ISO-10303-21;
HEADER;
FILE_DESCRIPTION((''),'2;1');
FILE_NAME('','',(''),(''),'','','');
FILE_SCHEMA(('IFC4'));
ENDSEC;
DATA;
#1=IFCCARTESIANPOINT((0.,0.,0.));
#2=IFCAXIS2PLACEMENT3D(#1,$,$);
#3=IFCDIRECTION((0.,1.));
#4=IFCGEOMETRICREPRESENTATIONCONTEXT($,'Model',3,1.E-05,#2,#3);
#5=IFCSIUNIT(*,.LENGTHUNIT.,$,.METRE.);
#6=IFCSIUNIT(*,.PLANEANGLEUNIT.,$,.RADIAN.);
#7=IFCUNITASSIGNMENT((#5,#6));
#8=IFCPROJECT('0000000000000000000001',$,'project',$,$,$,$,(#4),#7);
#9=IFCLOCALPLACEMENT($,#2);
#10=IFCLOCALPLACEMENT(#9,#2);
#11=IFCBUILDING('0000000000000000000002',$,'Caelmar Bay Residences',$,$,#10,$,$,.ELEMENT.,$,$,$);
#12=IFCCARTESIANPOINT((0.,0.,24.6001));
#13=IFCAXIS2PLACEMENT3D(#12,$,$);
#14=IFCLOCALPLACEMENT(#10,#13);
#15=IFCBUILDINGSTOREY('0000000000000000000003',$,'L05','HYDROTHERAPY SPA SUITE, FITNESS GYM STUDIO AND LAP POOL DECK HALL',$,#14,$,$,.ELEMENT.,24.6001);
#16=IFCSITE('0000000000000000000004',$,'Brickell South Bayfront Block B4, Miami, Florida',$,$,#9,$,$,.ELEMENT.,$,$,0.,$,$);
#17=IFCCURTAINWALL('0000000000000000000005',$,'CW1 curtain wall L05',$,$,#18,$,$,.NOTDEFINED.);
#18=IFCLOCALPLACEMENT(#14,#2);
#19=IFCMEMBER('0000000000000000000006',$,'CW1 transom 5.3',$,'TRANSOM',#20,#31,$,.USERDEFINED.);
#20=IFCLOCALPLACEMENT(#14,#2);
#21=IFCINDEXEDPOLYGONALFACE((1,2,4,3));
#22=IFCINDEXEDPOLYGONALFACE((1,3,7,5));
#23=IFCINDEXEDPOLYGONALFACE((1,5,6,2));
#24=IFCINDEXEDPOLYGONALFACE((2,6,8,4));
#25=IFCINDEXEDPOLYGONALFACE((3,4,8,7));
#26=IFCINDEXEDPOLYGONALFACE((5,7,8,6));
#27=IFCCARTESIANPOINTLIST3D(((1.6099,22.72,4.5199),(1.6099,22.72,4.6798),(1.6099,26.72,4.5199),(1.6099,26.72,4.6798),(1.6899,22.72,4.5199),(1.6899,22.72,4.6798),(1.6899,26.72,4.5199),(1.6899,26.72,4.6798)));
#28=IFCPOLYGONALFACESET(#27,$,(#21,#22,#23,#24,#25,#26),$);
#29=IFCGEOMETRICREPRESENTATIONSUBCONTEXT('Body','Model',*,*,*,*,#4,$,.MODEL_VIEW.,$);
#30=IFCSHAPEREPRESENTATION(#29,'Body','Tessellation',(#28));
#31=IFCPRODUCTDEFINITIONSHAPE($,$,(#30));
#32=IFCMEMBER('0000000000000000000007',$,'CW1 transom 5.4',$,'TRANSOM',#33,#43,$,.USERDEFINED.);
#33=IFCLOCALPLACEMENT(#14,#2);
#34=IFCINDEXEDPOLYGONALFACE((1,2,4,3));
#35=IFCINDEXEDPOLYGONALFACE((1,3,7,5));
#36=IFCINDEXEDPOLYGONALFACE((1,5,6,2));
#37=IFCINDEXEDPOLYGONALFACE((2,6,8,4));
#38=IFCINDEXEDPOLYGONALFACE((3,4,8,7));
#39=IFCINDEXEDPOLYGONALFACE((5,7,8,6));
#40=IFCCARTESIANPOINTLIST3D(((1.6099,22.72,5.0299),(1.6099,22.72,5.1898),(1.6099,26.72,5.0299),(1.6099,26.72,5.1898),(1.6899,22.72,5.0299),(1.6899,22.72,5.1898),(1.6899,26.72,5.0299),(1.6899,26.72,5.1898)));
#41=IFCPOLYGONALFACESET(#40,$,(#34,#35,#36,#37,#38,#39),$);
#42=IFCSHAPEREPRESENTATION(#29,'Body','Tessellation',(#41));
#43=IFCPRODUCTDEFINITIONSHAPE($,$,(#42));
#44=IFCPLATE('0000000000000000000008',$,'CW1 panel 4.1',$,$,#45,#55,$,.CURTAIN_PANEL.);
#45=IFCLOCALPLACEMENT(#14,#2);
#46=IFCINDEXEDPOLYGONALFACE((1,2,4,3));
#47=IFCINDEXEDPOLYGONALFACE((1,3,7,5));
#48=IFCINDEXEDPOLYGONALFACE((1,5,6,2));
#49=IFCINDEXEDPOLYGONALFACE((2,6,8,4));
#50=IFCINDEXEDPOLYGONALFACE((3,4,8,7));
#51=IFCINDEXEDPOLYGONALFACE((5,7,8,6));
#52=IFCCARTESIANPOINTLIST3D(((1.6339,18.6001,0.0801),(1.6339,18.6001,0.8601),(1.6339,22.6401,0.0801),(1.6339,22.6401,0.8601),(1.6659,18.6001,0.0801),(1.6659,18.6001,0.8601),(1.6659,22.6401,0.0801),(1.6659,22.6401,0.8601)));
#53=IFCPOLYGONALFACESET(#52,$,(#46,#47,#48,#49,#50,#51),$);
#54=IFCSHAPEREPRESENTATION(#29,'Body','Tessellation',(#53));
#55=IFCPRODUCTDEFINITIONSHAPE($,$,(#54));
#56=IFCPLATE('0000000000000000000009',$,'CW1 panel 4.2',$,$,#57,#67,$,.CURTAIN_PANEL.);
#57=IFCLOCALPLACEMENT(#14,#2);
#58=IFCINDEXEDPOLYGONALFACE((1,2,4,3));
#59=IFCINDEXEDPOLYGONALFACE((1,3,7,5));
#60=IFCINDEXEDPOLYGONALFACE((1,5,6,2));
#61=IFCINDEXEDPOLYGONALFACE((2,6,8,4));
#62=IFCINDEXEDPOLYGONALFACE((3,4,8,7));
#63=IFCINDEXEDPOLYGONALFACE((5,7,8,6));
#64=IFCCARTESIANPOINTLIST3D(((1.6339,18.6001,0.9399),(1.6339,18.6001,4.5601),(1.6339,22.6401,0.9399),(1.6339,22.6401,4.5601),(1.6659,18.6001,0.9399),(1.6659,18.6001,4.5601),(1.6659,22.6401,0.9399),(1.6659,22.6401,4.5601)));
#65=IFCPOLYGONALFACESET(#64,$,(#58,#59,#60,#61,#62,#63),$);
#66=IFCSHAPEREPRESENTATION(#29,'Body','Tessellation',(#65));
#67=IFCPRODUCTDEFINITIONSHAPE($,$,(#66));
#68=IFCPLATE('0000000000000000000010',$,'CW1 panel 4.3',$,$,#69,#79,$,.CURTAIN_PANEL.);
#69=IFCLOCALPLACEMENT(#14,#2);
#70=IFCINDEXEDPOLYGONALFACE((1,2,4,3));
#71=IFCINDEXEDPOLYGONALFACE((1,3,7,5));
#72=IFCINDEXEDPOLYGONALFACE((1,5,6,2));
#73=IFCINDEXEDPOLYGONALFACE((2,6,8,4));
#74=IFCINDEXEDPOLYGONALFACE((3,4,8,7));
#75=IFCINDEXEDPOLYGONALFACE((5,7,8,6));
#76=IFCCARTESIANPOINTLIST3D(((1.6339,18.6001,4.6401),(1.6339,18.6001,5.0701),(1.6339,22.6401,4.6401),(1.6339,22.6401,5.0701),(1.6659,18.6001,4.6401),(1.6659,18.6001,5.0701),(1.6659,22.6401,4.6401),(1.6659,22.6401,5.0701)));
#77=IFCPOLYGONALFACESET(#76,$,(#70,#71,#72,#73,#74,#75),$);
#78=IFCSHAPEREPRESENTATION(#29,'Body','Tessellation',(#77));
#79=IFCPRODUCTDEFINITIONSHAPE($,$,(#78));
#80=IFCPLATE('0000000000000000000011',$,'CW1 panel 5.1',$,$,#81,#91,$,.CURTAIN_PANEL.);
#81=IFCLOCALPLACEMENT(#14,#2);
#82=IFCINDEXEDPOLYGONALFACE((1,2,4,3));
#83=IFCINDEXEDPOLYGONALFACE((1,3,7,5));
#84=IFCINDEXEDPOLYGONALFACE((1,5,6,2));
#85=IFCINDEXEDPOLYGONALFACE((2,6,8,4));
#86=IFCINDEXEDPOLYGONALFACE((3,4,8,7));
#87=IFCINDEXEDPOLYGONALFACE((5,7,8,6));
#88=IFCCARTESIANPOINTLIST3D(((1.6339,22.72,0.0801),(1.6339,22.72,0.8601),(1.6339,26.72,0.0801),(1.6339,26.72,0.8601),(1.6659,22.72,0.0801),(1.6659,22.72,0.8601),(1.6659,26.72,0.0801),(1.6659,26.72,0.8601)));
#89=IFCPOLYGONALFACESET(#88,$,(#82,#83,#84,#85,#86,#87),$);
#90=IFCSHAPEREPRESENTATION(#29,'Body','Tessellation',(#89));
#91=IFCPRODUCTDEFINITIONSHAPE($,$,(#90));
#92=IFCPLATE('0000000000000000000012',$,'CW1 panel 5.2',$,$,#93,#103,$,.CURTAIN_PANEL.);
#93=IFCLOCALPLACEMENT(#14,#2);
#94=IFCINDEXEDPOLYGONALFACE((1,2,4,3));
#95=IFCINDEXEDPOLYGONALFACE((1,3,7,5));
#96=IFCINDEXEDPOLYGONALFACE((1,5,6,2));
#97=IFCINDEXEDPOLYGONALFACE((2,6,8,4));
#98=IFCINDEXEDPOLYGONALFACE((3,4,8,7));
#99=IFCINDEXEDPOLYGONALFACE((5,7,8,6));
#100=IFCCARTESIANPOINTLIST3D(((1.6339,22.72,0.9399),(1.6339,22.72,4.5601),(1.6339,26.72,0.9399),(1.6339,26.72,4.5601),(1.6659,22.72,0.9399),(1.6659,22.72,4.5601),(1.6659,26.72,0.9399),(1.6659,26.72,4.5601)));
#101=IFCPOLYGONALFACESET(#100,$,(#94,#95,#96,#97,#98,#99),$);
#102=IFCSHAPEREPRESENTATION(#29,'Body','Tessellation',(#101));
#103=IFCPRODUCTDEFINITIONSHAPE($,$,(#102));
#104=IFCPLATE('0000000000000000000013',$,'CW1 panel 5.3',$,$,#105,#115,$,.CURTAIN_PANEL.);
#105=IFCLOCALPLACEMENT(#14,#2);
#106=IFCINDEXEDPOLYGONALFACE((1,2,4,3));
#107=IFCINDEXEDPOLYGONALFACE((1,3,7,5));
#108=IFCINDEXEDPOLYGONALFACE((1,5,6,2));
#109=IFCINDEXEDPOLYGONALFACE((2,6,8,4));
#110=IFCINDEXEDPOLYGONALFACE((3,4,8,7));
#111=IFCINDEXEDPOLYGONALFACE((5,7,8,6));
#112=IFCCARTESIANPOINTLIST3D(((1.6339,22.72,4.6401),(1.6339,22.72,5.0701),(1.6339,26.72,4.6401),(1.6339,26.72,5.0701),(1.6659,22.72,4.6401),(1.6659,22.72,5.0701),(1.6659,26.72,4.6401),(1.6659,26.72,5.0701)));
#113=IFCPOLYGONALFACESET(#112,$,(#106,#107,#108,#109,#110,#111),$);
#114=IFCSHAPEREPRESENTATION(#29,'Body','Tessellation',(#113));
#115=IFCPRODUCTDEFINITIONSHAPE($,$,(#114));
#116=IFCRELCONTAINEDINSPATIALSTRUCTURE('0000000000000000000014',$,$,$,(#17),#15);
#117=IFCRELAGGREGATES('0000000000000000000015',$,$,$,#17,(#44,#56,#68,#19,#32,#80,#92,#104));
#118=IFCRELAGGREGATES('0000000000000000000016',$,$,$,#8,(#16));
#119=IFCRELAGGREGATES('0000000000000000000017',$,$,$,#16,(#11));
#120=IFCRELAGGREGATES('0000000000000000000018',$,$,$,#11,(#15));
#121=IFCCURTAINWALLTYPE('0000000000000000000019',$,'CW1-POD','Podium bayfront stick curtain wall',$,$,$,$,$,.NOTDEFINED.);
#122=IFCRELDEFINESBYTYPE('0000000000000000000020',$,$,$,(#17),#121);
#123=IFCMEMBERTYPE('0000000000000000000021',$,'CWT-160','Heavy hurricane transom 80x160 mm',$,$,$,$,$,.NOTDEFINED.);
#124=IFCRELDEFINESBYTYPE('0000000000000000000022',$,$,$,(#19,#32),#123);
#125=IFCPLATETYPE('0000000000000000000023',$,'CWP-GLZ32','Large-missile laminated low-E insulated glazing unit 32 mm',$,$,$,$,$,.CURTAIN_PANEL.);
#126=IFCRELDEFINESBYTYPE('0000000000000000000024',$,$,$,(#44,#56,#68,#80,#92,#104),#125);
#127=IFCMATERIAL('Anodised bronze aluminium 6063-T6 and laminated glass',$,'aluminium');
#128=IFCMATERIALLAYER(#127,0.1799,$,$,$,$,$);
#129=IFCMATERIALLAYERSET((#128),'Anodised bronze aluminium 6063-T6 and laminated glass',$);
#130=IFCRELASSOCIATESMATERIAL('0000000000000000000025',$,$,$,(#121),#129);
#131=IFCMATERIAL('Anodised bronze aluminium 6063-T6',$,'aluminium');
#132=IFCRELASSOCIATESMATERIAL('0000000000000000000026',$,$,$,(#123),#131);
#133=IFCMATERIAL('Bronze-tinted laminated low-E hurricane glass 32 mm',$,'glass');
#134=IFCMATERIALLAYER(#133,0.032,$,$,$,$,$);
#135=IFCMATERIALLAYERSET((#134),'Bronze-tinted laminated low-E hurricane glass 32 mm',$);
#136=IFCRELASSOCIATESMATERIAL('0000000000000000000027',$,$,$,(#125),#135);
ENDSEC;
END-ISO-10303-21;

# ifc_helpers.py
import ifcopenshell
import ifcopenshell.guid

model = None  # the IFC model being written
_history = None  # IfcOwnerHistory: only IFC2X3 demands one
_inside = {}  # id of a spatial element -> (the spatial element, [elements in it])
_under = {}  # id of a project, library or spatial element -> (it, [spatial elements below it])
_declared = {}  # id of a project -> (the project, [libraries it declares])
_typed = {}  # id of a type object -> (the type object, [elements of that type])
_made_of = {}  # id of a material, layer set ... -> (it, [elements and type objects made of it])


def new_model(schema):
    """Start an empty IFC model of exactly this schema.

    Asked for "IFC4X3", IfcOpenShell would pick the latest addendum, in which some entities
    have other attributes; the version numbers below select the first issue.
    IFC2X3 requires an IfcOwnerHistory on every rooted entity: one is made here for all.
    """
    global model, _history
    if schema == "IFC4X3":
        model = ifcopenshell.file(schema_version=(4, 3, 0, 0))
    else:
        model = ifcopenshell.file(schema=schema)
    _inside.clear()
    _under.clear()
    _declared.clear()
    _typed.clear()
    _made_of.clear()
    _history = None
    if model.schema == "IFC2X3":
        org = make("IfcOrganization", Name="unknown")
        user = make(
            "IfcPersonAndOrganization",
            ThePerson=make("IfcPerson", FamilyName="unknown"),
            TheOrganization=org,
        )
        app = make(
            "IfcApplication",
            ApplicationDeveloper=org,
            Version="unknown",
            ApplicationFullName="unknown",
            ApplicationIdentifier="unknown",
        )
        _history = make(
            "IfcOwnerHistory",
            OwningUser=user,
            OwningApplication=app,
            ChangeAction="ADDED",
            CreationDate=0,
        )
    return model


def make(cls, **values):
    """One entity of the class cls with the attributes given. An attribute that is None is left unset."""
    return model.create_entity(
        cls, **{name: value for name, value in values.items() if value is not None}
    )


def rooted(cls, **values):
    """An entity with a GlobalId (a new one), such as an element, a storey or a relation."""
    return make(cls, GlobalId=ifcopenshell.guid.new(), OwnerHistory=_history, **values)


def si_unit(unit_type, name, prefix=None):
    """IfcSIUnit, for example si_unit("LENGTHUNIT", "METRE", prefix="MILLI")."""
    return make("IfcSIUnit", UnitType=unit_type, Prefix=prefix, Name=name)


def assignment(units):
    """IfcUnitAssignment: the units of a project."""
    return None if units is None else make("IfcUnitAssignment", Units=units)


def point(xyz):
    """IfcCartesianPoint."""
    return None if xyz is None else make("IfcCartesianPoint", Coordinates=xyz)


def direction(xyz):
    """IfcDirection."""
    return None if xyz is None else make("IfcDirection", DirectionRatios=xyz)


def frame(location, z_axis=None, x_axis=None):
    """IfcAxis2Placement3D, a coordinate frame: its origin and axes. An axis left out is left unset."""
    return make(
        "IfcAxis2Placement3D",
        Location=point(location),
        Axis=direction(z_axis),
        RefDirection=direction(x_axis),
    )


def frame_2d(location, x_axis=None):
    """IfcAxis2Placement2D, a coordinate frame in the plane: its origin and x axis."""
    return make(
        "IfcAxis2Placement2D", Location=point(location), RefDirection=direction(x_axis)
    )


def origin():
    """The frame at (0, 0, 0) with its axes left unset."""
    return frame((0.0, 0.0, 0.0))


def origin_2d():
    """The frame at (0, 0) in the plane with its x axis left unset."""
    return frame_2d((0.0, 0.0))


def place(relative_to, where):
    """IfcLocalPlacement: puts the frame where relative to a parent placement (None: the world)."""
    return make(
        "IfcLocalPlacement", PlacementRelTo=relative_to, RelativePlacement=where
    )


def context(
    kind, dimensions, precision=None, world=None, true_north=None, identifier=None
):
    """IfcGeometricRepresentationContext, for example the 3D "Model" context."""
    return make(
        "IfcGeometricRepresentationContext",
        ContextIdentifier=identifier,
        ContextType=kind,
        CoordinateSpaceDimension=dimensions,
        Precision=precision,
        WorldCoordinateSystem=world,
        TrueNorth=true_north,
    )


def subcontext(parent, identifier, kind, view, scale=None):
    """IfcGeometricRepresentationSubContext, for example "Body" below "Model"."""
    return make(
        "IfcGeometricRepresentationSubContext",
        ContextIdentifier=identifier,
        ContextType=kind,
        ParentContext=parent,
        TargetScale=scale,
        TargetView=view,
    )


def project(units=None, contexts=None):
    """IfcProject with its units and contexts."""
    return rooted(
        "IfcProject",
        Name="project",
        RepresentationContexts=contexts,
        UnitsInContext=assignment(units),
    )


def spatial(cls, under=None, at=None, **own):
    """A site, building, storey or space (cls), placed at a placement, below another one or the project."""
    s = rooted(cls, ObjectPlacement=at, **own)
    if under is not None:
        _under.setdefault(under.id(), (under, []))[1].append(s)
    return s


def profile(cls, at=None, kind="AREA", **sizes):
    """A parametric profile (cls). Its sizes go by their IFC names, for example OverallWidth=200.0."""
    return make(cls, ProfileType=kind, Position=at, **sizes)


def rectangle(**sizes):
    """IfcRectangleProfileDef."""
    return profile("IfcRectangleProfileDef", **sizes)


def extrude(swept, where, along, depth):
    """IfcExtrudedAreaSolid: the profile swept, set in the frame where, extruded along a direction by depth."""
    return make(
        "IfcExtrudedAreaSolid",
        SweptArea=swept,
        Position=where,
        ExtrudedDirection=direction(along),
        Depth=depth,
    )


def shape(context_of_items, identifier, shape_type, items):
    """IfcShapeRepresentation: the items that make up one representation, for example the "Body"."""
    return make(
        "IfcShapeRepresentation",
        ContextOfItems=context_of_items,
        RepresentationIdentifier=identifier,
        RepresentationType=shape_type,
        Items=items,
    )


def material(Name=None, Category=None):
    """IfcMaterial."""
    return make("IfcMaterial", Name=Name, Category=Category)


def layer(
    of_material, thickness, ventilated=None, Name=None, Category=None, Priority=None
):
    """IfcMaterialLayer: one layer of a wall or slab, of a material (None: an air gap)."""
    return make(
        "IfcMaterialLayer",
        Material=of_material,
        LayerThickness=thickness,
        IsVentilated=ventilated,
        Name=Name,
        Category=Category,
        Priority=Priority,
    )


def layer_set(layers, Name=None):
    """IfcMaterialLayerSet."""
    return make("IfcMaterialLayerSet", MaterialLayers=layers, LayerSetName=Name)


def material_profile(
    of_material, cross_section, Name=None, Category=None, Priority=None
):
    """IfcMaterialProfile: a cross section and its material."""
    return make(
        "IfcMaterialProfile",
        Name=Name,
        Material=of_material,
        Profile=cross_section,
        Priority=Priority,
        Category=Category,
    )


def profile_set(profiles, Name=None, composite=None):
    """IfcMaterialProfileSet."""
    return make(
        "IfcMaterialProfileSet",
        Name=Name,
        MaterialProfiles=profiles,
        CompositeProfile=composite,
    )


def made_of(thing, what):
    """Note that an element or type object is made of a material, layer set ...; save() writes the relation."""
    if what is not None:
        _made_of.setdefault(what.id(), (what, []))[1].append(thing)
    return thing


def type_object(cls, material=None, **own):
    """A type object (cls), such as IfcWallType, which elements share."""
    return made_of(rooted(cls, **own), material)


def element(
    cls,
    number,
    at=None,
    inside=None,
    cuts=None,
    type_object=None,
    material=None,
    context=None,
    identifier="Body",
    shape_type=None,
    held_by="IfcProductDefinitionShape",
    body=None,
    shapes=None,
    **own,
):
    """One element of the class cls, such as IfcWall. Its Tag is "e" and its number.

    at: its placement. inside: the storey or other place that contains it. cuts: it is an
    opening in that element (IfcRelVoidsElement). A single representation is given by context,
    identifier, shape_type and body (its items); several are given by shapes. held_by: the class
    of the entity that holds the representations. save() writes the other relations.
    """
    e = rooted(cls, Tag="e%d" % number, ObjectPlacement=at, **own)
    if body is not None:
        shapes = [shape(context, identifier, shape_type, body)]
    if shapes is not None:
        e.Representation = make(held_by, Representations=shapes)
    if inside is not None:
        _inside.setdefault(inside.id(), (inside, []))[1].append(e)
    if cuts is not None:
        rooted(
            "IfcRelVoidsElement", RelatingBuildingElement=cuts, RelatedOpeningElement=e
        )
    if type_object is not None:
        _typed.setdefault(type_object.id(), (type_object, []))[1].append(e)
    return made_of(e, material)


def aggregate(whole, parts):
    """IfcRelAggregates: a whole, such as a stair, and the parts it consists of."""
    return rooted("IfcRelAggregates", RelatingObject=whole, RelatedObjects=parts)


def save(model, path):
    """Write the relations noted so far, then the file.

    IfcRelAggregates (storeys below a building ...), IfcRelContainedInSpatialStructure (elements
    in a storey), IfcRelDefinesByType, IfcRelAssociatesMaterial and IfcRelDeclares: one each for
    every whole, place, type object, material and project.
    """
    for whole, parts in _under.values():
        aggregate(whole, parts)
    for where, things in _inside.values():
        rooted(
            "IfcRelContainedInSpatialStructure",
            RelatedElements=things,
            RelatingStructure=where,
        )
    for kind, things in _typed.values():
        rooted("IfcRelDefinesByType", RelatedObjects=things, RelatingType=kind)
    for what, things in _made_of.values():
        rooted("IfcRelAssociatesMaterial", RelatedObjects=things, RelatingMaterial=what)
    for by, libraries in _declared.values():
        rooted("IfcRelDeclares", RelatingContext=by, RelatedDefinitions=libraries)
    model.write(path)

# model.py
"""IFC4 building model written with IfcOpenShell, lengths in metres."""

from ifc_helpers import new_model, si_unit, direction, frame, origin, origin_2d, place, context, subcontext, project, spatial, rectangle, extrude, material, layer, layer_set, material_profile, profile_set, type_object, element, aggregate, save


model = new_model("IFC4")

# Units and contexts
model_context = context("Model", 3, precision=1e-05, world=origin(), true_north=direction((0.0, 1.0)))
body_context = subcontext(model_context, "Body", "Model", "MODEL_VIEW")
ifc_project = project(units=[si_unit("LENGTHUNIT", "METRE"), si_unit("PLANEANGLEUNIT", "RADIAN")], contexts=[model_context])

# Site, building, storey
site_placement = place(None, origin())
site = spatial("IfcSite", under=ifc_project, at=site_placement, Name="Brickell South Bayfront Block B4, Miami, Florida", CompositionType="ELEMENT", RefElevation=0.0)
building_placement = place(site_placement, origin())
building = spatial("IfcBuilding", under=site, at=building_placement, Name="Caelmar Bay Residences", CompositionType="ELEMENT")
storey_placement = place(building_placement, frame((0.0, 0.0, 24.6001)))
storey = spatial("IfcBuildingStorey", under=building, at=storey_placement, Name="L05", Description="HYDROTHERAPY SPA SUITE, FITNESS GYM STUDIO AND LAP POOL DECK HALL", CompositionType="ELEMENT", Elevation=24.6001)

# Curtain wall, members, plates
ifc_material_1 = material(Name="Anodised bronze aluminium 6063-T6 and laminated glass", Category="aluminium")
ifc_layer_1 = layer(ifc_material_1, 0.1799)
ifc_layer_set_1 = layer_set([ifc_layer_1], Name="Anodised bronze aluminium 6063-T6 and laminated glass")
curtain_wall_type = type_object("IfcCurtainWallType", Name="CW1-POD", Description="Podium bayfront stick curtain wall", PredefinedType="NOTDEFINED", material=ifc_layer_set_1)
curtain_wall_placement = place(storey_placement, origin())
curtain_wall = element("IfcCurtainWall", 1, at=curtain_wall_placement, inside=storey, type_object=curtain_wall_type, Name="CW1 curtain wall L05", PredefinedType="NOTDEFINED")
ifc_material_2 = material(Name="Anodised bronze aluminium 6063-T6", Category="aluminium")
ifc_material_profile_1 = material_profile(ifc_material_2, rectangle(XDim=0.0801, YDim=0.1599, at=origin_2d()), Name="CWT-80X160")
ifc_profile_set_1 = profile_set([ifc_material_profile_1], Name="Anodised bronze aluminium 6063-T6")
member_type_1 = type_object("IfcMemberType", Name="CWT-160", Description="Heavy hurricane transom 80x160 mm", PredefinedType="NOTDEFINED", material=ifc_profile_set_1)
member_1_placement = place(storey_placement, frame((1.6499, 22.72, 4.5999), z_axis=(0.0, 1.0, 0.0), x_axis=(-1.0, 0.0, 0.0)))
member_1 = element("IfcMember", 2, at=member_1_placement, type_object=member_type_1, Name="CW1 transom 5.3", ObjectType="TRANSOM", PredefinedType="USERDEFINED", context=body_context, shape_type="SweptSolid", body=[
    extrude(rectangle(XDim=0.0801, YDim=0.1599, at=origin_2d()), origin(), (0.0, 0.0, 1.0), 4.0),
])
member_2_placement = place(storey_placement, frame((1.6499, 22.72, 5.1099), z_axis=(0.0, 1.0, 0.0), x_axis=(-1.0, 0.0, 0.0)))
member_2 = element("IfcMember", 3, at=member_2_placement, type_object=member_type_1, Name="CW1 transom 5.4", ObjectType="TRANSOM", PredefinedType="USERDEFINED", context=body_context, shape_type="SweptSolid", body=[
    extrude(rectangle(XDim=0.0801, YDim=0.1599, at=origin_2d()), origin(), (0.0, 0.0, 1.0), 4.0),
])
ifc_material_3 = material(Name="Bronze-tinted laminated low-E hurricane glass 32 mm", Category="glass")
ifc_layer_2 = layer(ifc_material_3, 0.032)
ifc_layer_set_2 = layer_set([ifc_layer_2], Name="Bronze-tinted laminated low-E hurricane glass 32 mm")
plate_type = type_object("IfcPlateType", Name="CWP-GLZ32", Description="Large-missile laminated low-E insulated glazing unit 32 mm", PredefinedType="CURTAIN_PANEL", material=ifc_layer_set_2)
plate_1_placement = place(storey_placement, frame((1.6499, 20.6201, 0.0801), z_axis=(0.0, 0.0, 1.0), x_axis=(0.0, 1.0, 0.0)))
plate_1 = element("IfcPlate", 4, at=plate_1_placement, type_object=plate_type, Name="CW1 panel 4.1", PredefinedType="CURTAIN_PANEL", context=body_context, shape_type="SweptSolid", body=[
    extrude(rectangle(XDim=4.04, YDim=0.032, at=origin_2d()), origin(), (0.0, 0.0, 1.0), 0.78),
])
plate_2_placement = place(storey_placement, frame((1.6499, 20.6201, 0.9399), z_axis=(0.0, 0.0, 1.0), x_axis=(0.0, 1.0, 0.0)))
plate_2 = element("IfcPlate", 5, at=plate_2_placement, type_object=plate_type, Name="CW1 panel 4.2", PredefinedType="CURTAIN_PANEL", context=body_context, shape_type="SweptSolid", body=[
    extrude(rectangle(XDim=4.04, YDim=0.032, at=origin_2d()), origin(), (0.0, 0.0, 1.0), 3.6201),
])
plate_3_placement = place(storey_placement, frame((1.6499, 20.6201, 4.6401), z_axis=(0.0, 0.0, 1.0), x_axis=(0.0, 1.0, 0.0)))
plate_3 = element("IfcPlate", 6, at=plate_3_placement, type_object=plate_type, Name="CW1 panel 4.3", PredefinedType="CURTAIN_PANEL", context=body_context, shape_type="SweptSolid", body=[
    extrude(rectangle(XDim=4.04, YDim=0.032, at=origin_2d()), origin(), (0.0, 0.0, 1.0), 0.4299),
])
plate_4_placement = place(storey_placement, frame((1.6499, 24.72, 0.0801), z_axis=(0.0, 0.0, 1.0), x_axis=(0.0, 1.0, 0.0)))
plate_4 = element("IfcPlate", 7, at=plate_4_placement, type_object=plate_type, Name="CW1 panel 5.1", PredefinedType="CURTAIN_PANEL", context=body_context, shape_type="SweptSolid", body=[
    extrude(rectangle(XDim=4.0, YDim=0.032, at=origin_2d()), origin(), (0.0, 0.0, 1.0), 0.78),
])
plate_5_placement = place(storey_placement, frame((1.6499, 24.72, 0.9399), z_axis=(0.0, 0.0, 1.0), x_axis=(0.0, 1.0, 0.0)))
plate_5 = element("IfcPlate", 8, at=plate_5_placement, type_object=plate_type, Name="CW1 panel 5.2", PredefinedType="CURTAIN_PANEL", context=body_context, shape_type="SweptSolid", body=[
    extrude(rectangle(XDim=4.0, YDim=0.032, at=origin_2d()), origin(), (0.0, 0.0, 1.0), 3.6201),
])
plate_6_placement = place(storey_placement, frame((1.6499, 24.72, 4.6401), z_axis=(0.0, 0.0, 1.0), x_axis=(0.0, 1.0, 0.0)))
plate_6 = element("IfcPlate", 9, at=plate_6_placement, type_object=plate_type, Name="CW1 panel 5.3", PredefinedType="CURTAIN_PANEL", context=body_context, shape_type="SweptSolid", body=[
    extrude(rectangle(XDim=4.0, YDim=0.032, at=origin_2d()), origin(), (0.0, 0.0, 1.0), 0.4299),
])
aggregate(curtain_wall, [plate_1, plate_2, plate_3, member_1, member_2, plate_4, plate_5, plate_6])

save(model, "model.ifc")
